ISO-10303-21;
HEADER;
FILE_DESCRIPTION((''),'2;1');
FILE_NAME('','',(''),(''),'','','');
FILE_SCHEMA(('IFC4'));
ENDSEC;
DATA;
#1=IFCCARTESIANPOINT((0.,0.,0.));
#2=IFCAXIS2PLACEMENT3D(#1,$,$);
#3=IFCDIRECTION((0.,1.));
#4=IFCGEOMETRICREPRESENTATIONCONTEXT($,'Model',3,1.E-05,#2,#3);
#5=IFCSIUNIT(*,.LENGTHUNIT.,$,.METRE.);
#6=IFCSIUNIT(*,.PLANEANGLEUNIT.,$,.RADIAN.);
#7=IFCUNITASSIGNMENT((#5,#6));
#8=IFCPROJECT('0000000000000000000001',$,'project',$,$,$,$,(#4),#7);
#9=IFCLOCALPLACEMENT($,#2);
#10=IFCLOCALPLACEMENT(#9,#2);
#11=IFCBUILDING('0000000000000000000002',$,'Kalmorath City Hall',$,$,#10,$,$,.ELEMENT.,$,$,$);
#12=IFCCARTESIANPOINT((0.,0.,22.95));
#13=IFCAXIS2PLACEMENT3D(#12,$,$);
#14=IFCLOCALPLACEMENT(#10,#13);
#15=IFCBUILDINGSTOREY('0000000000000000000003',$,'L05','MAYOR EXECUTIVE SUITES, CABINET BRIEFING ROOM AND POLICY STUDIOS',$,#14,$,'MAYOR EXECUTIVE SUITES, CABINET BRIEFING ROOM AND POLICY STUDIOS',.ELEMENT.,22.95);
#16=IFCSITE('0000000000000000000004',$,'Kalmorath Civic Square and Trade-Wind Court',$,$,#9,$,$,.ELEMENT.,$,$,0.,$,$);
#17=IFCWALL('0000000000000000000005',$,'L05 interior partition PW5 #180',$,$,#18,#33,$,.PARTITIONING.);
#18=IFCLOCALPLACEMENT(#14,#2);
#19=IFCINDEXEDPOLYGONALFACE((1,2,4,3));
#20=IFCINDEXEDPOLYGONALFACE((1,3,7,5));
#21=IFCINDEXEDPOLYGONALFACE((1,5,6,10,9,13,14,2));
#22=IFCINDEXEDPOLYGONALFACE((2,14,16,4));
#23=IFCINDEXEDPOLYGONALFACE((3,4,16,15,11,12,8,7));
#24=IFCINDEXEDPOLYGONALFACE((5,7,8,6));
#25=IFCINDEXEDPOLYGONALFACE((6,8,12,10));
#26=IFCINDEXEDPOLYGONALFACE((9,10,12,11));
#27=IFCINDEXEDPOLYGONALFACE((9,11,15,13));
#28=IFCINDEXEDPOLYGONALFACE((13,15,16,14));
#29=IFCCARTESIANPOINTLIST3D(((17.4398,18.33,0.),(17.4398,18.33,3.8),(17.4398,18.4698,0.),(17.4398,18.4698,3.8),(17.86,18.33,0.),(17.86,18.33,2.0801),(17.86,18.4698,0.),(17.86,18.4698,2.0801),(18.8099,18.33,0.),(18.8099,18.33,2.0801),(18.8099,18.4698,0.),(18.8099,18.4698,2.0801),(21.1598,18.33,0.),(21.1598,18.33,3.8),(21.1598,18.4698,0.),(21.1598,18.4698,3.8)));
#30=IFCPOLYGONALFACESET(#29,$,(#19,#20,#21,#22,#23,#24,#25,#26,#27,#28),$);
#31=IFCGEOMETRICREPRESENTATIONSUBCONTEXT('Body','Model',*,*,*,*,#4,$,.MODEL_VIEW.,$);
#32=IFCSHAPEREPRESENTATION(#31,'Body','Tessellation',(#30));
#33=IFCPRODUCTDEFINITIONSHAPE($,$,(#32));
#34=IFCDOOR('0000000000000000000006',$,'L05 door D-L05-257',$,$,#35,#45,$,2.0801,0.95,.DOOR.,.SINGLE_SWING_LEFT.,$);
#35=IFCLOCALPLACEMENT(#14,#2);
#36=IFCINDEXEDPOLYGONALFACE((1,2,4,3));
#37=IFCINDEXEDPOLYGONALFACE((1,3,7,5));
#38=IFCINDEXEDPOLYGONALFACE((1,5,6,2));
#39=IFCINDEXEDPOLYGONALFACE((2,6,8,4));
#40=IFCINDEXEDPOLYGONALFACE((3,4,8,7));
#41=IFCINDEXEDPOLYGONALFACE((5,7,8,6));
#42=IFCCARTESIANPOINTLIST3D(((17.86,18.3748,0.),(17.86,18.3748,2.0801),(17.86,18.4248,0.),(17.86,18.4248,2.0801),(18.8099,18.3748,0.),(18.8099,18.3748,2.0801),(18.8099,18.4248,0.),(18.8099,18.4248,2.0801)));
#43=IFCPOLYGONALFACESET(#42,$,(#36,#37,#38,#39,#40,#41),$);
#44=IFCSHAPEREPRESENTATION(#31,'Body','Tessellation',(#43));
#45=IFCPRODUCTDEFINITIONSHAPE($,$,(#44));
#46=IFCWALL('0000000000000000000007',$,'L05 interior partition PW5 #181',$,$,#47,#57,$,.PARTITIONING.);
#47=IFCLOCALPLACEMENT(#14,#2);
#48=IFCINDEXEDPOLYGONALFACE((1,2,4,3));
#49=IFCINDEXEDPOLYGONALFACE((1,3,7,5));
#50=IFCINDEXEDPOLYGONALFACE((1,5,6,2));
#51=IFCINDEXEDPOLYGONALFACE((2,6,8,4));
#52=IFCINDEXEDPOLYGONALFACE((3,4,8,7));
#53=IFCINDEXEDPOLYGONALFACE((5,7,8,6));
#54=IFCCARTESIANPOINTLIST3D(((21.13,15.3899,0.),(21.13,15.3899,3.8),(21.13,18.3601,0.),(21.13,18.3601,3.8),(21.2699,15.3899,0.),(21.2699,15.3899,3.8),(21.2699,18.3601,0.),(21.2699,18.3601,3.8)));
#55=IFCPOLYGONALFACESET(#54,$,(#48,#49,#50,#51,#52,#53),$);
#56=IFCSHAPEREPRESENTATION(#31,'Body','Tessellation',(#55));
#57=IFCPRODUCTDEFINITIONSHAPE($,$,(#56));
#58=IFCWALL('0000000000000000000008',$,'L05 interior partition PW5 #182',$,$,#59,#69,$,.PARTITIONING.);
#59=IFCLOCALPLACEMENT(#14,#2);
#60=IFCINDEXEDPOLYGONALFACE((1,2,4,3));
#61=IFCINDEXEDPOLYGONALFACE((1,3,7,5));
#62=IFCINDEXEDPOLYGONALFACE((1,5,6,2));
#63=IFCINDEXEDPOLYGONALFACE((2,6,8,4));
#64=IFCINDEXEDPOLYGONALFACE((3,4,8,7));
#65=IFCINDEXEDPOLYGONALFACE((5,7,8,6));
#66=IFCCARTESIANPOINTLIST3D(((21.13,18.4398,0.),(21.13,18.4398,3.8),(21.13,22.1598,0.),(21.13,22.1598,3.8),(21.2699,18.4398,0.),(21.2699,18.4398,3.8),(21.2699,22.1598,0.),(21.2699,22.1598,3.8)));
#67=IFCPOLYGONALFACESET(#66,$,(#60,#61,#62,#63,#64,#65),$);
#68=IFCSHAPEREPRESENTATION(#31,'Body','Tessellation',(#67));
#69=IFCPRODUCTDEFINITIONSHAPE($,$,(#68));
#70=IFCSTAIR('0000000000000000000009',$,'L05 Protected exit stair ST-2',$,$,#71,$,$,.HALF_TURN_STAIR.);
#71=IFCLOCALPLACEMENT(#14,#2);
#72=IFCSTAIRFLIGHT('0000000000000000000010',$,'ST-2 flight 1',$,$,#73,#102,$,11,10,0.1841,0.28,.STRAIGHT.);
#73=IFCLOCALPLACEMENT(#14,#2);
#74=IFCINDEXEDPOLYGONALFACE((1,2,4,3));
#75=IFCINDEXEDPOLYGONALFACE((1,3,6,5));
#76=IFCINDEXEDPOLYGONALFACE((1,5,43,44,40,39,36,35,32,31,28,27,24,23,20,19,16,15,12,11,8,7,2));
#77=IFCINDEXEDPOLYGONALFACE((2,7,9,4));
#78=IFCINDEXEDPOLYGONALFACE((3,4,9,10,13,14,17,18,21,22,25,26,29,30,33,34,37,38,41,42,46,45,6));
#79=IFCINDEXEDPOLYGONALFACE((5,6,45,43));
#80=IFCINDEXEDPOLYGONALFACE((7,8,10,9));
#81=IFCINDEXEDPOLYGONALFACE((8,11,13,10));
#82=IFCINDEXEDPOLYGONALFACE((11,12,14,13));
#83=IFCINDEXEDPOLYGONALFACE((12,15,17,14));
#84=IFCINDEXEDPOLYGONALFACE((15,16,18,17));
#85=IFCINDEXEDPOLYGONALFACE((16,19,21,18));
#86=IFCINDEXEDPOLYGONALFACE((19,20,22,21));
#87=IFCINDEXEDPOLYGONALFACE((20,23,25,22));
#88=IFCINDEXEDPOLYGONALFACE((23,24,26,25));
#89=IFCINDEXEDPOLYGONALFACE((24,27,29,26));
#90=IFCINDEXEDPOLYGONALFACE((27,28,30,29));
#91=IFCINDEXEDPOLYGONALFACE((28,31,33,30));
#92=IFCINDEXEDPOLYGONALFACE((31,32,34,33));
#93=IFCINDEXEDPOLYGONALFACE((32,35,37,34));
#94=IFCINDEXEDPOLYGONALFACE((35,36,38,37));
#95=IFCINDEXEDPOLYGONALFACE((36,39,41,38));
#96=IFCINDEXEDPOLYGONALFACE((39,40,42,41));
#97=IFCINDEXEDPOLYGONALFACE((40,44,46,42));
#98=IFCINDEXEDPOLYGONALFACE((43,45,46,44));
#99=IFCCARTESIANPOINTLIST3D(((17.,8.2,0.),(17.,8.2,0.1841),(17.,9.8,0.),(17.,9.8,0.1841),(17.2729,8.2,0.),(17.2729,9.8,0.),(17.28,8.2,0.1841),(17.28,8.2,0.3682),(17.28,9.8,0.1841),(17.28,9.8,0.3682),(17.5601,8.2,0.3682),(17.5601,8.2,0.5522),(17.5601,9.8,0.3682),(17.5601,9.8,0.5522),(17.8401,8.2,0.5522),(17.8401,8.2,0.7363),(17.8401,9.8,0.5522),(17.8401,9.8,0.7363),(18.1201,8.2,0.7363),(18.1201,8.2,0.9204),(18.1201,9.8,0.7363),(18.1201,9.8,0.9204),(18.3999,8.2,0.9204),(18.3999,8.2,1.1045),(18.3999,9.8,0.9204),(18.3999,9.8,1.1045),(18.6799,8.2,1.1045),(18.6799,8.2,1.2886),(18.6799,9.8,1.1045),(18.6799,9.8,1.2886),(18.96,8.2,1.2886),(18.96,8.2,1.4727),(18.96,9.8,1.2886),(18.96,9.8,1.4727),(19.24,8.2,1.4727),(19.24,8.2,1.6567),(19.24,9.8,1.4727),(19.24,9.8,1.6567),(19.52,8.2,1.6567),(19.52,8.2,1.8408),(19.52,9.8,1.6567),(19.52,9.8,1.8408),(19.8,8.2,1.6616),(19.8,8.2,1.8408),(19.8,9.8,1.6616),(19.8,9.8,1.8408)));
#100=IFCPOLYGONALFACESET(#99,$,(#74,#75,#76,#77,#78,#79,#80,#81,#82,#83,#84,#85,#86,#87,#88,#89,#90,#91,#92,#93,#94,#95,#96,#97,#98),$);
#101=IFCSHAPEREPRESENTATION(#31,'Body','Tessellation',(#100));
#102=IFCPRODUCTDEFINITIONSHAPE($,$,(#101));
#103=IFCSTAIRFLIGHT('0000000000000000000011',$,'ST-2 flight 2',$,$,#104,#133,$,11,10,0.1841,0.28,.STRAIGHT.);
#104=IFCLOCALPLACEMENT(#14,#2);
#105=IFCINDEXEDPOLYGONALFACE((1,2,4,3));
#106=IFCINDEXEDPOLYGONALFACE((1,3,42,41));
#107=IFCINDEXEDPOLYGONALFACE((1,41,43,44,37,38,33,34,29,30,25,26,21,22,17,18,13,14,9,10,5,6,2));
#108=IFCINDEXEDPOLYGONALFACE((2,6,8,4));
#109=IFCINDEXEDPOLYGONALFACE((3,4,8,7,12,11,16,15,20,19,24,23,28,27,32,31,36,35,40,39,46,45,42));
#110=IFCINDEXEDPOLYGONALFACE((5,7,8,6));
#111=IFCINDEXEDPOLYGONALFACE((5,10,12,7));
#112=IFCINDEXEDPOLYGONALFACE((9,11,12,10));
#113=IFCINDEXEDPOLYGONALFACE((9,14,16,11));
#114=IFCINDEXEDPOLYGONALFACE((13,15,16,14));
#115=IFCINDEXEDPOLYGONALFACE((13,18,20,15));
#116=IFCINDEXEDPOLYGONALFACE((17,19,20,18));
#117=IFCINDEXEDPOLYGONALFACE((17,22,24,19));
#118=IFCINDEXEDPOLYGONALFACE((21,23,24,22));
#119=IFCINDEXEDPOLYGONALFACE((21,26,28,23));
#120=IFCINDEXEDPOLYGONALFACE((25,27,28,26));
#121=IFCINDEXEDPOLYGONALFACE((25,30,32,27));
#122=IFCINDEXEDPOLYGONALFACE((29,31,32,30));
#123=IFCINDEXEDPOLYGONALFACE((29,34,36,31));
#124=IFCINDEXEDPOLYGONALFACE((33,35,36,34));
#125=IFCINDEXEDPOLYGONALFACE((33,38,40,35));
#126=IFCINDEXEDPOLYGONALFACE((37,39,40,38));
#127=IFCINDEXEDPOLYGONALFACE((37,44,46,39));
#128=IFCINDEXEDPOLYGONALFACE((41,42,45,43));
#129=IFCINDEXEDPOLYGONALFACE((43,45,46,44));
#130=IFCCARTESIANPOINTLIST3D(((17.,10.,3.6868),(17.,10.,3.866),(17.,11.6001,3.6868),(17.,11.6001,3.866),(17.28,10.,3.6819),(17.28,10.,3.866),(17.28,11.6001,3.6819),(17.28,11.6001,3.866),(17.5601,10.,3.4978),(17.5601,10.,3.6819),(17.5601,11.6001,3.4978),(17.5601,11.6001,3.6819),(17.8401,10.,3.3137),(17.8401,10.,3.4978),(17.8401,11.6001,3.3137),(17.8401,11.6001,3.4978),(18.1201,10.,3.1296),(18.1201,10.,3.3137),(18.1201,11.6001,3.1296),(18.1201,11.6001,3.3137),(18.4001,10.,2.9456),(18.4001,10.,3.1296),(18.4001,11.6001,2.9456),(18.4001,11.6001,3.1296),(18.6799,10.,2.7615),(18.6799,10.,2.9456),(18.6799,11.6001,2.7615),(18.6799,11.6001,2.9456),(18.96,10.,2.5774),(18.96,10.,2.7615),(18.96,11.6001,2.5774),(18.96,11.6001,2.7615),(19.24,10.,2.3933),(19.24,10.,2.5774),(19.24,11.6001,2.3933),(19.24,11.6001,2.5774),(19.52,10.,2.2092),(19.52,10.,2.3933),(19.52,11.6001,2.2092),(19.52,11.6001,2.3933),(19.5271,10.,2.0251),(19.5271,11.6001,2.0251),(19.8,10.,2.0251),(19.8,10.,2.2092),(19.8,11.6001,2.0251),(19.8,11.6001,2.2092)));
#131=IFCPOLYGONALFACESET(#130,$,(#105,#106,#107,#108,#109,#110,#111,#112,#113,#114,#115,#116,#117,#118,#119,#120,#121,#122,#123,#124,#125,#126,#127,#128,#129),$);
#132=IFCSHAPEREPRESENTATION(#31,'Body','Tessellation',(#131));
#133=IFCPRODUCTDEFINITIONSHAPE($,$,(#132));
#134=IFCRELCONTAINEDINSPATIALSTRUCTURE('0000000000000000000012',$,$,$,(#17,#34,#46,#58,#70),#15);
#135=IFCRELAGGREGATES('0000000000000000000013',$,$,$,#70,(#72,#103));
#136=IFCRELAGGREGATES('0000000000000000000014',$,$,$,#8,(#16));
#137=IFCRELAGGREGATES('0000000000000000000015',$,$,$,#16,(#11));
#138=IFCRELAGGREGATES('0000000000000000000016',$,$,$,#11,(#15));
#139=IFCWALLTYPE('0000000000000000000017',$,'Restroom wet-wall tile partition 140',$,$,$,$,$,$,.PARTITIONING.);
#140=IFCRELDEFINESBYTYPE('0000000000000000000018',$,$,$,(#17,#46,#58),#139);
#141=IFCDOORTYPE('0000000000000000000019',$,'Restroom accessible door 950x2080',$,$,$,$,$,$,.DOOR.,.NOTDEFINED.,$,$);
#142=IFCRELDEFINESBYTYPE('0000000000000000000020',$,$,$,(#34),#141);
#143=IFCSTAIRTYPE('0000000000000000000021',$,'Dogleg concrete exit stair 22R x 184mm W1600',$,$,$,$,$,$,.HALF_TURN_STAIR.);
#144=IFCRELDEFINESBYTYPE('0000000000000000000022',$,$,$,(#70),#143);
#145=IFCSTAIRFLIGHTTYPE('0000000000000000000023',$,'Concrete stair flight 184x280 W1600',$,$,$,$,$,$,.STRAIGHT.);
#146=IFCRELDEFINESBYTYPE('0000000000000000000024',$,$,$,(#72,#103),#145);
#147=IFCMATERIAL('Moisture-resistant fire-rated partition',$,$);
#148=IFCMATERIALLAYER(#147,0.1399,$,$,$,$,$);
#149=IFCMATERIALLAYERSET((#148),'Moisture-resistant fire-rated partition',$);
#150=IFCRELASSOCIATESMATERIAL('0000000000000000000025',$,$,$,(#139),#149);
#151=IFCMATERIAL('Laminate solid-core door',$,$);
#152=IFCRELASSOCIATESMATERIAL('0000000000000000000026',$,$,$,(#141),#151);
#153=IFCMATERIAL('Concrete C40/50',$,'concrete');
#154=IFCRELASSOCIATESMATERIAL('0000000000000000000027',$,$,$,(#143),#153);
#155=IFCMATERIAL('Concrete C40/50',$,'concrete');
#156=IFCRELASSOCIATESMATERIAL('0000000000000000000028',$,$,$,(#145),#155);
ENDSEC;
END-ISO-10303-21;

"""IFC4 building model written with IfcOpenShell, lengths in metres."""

from ifc_helpers import new_model, si_unit, direction, frame, frame_2d, origin, place, context, subcontext, project, spatial, polyline, rectangle, outline, extrude, material, layer, layer_set, type_object, element, fill, aggregate, save


model = new_model("IFC4")

# Units and contexts
model_context = context("Model", 3, precision=1e-05, world=origin(), true_north=direction((0.0, 1.0)))
body_context = subcontext(model_context, "Body", "Model", "MODEL_VIEW")
ifc_project = project(units=[si_unit("LENGTHUNIT", "METRE"), si_unit("PLANEANGLEUNIT", "RADIAN")], contexts=[model_context])

# Site, building, storey
site_placement = place(None, origin())
site = spatial("IfcSite", under=ifc_project, at=site_placement, Name="Kalmorath Civic Square and Trade-Wind Court", CompositionType="ELEMENT", RefElevation=0.0)
building_placement = place(site_placement, origin())
building = spatial("IfcBuilding", under=site, at=building_placement, Name="Kalmorath City Hall", CompositionType="ELEMENT")
storey_placement = place(building_placement, frame((0.0, 0.0, 22.95)))
storey = spatial("IfcBuildingStorey", under=building, at=storey_placement, Name="L05", Description="MAYOR EXECUTIVE SUITES, CABINET BRIEFING ROOM AND POLICY STUDIOS", LongName="MAYOR EXECUTIVE SUITES, CABINET BRIEFING ROOM AND POLICY STUDIOS", CompositionType="ELEMENT", Elevation=22.95)

# Wall, opening, door
ifc_material_1 = material(Name="Moisture-resistant fire-rated partition")
ifc_layer_1 = layer(ifc_material_1, 0.1399)
ifc_layer_set_1 = layer_set([ifc_layer_1], Name="Moisture-resistant fire-rated partition")
wall_type_1 = type_object("IfcWallType", Name="Restroom wet-wall tile partition 140", PredefinedType="PARTITIONING", material=ifc_layer_set_1)
wall_1_placement = place(storey_placement, frame((17.4399, 18.3999, 0.0), z_axis=(0.0, 0.0, 1.0), x_axis=(1.0, 0.0, 0.0)))
wall_1 = element("IfcWall", 1, at=wall_1_placement, inside=storey, type_object=wall_type_1, Name="L05 interior partition PW5 #180", PredefinedType="PARTITIONING", context=body_context, shape_type="SweptSolid", body=[
    extrude(rectangle(XDim=3.72, YDim=0.1399, at=frame_2d((1.8599, 0.0))), origin(), (0.0, 0.0, 1.0), 3.8),
])
opening_1_placement = place(wall_1_placement, frame((0.4199, 0.0, 0.0)))
opening_1 = element("IfcOpeningElement", 2, at=opening_1_placement, cuts=wall_1, PredefinedType="OPENING", context=body_context, shape_type="SweptSolid", body=[
    extrude(rectangle(XDim=0.95, YDim=2.0801, at=frame_2d((0.4751, 1.04))), frame((0.0, 0.0798, 0.0), z_axis=(0.0, -1.0, 0.0), x_axis=(1.0, 0.0, 0.0)), (0.0, 0.0, 1.0), 0.1599),
])
ifc_material_2 = material(Name="Laminate solid-core door")
door_type_1 = type_object("IfcDoorType", Name="Restroom accessible door 950x2080", OperationType="NOTDEFINED", PredefinedType="DOOR", material=ifc_material_2)
door_1_placement = place(opening_1_placement, origin())
door_1 = element("IfcDoor", 3, at=door_1_placement, inside=storey, type_object=door_type_1, Name="L05 door D-L05-257", OperationType="SINGLE_SWING_LEFT", OverallHeight=2.0801, OverallWidth=0.95, PredefinedType="DOOR", context=body_context, shape_type="SweptSolid", body=[
    extrude(rectangle(XDim=0.95, YDim=2.0801, at=frame_2d((0.4751, 1.04))), frame((0.0, 0.0249, 0.0), z_axis=(0.0, -1.0, 0.0), x_axis=(1.0, 0.0, 0.0)), (0.0, 0.0, 1.0), 0.05),
])
fill(opening_1, door_1)

# Walls
wall_2_placement = place(storey_placement, frame((21.2, 15.3899, 0.0), z_axis=(0.0, 0.0, 1.0), x_axis=(0.0, 1.0, 0.0)))
element("IfcWall", 4, at=wall_2_placement, inside=storey, type_object=wall_type_1, Name="L05 interior partition PW5 #181", PredefinedType="PARTITIONING", context=body_context, shape_type="SweptSolid", body=[
    extrude(rectangle(XDim=2.9702, YDim=0.1399, at=frame_2d((1.4851, 0.0))), origin(), (0.0, 0.0, 1.0), 3.8),
])
wall_3_placement = place(storey_placement, frame((21.2, 18.4399, 0.0), z_axis=(0.0, 0.0, 1.0), x_axis=(0.0, 1.0, 0.0)))
element("IfcWall", 5, at=wall_3_placement, inside=storey, type_object=wall_type_1, Name="L05 interior partition PW5 #182", PredefinedType="PARTITIONING", context=body_context, shape_type="SweptSolid", body=[
    extrude(rectangle(XDim=3.72, YDim=0.1399, at=frame_2d((1.8599, 0.0))), origin(), (0.0, 0.0, 1.0), 3.8),
])

# Stair, stair flights
ifc_material_3 = material(Name="Concrete C40/50", Category="concrete")
stair_type = type_object("IfcStairType", Name="Dogleg concrete exit stair 22R x 184mm W1600", PredefinedType="HALF_TURN_STAIR", material=ifc_material_3)
stair_placement = place(storey_placement, origin())
stair = element("IfcStair", 6, at=stair_placement, inside=storey, type_object=stair_type, Name="L05 Protected exit stair ST-2", PredefinedType="HALF_TURN_STAIR")
ifc_material_4 = material(Name="Concrete C40/50", Category="concrete")
stair_flight_type = type_object("IfcStairFlightType", Name="Concrete stair flight 184x280 W1600", PredefinedType="STRAIGHT", material=ifc_material_4)
stair_flight_1_placement = place(storey_placement, frame((17.0, 9.0, 0.0), z_axis=(0.0, 0.0, 1.0), x_axis=(1.0, 0.0, 0.0)))
stair_flight_1 = element("IfcStairFlight", 7, at=stair_flight_1_placement, type_object=stair_flight_type, Name="ST-2 flight 1", NumberOfRisers=11, NumberOfTreads=10, PredefinedType="STRAIGHT", RiserHeight=0.1841, TreadLength=0.28, context=body_context, shape_type="SweptSolid", body=[
    extrude(outline(polyline([(0.0, 0.0), (0.0, 0.1841), (0.28, 0.1841), (0.28, 0.3682), (0.5601, 0.3682), (0.5601, 0.5522), (0.8401, 0.5522), (0.8401, 0.7363), (1.1201, 0.7363), (1.1201, 0.9204), (1.3999, 0.9204), (1.3999, 1.1045), (1.6799, 1.1045), (1.6799, 1.2886), (1.96, 1.2886), (1.96, 1.4727), (2.24, 1.4727), (2.24, 1.6567), (2.52, 1.6567), (2.52, 1.8408), (2.8, 1.8408), (2.8, 2.0249), (2.8, 1.6616), (0.2729, 0.0), (0.0, 0.0)])), frame((0.0, 0.8, 0.0), z_axis=(0.0, -1.0, 0.0), x_axis=(1.0, 0.0, 0.0)), (0.0, 0.0, 1.0), 1.6001),
])
stair_flight_2_placement = place(storey_placement, frame((19.8, 10.8, 2.0251), z_axis=(0.0, 0.0, 1.0), x_axis=(-1.0, 0.0, 0.0)))
stair_flight_2 = element("IfcStairFlight", 8, at=stair_flight_2_placement, type_object=stair_flight_type, Name="ST-2 flight 2", NumberOfRisers=11, NumberOfTreads=10, PredefinedType="STRAIGHT", RiserHeight=0.1841, TreadLength=0.28, context=body_context, shape_type="SweptSolid", body=[
    extrude(outline(polyline([(0.0, 0.0), (0.0, 0.1841), (0.28, 0.1841), (0.28, 0.3682), (0.5601, 0.3682), (0.5601, 0.5522), (0.8401, 0.5522), (0.8401, 0.7363), (1.1201, 0.7363), (1.1201, 0.9204), (1.3999, 0.9204), (1.3999, 1.1045), (1.6799, 1.1045), (1.6799, 1.2886), (1.96, 1.2886), (1.96, 1.4727), (2.24, 1.4727), (2.24, 1.6567), (2.52, 1.6567), (2.52, 1.8408), (2.8, 1.8408), (2.8, 2.0249), (2.8, 1.6616), (0.2729, 0.0), (0.0, 0.0)])), frame((0.0, 0.8, 0.0), z_axis=(0.0, -1.0, 0.0), x_axis=(1.0, 0.0, 0.0)), (0.0, 0.0, 1.0), 1.6001),
])
aggregate(stair, [stair_flight_1, stair_flight_2])

save(model, "model.ifc")
